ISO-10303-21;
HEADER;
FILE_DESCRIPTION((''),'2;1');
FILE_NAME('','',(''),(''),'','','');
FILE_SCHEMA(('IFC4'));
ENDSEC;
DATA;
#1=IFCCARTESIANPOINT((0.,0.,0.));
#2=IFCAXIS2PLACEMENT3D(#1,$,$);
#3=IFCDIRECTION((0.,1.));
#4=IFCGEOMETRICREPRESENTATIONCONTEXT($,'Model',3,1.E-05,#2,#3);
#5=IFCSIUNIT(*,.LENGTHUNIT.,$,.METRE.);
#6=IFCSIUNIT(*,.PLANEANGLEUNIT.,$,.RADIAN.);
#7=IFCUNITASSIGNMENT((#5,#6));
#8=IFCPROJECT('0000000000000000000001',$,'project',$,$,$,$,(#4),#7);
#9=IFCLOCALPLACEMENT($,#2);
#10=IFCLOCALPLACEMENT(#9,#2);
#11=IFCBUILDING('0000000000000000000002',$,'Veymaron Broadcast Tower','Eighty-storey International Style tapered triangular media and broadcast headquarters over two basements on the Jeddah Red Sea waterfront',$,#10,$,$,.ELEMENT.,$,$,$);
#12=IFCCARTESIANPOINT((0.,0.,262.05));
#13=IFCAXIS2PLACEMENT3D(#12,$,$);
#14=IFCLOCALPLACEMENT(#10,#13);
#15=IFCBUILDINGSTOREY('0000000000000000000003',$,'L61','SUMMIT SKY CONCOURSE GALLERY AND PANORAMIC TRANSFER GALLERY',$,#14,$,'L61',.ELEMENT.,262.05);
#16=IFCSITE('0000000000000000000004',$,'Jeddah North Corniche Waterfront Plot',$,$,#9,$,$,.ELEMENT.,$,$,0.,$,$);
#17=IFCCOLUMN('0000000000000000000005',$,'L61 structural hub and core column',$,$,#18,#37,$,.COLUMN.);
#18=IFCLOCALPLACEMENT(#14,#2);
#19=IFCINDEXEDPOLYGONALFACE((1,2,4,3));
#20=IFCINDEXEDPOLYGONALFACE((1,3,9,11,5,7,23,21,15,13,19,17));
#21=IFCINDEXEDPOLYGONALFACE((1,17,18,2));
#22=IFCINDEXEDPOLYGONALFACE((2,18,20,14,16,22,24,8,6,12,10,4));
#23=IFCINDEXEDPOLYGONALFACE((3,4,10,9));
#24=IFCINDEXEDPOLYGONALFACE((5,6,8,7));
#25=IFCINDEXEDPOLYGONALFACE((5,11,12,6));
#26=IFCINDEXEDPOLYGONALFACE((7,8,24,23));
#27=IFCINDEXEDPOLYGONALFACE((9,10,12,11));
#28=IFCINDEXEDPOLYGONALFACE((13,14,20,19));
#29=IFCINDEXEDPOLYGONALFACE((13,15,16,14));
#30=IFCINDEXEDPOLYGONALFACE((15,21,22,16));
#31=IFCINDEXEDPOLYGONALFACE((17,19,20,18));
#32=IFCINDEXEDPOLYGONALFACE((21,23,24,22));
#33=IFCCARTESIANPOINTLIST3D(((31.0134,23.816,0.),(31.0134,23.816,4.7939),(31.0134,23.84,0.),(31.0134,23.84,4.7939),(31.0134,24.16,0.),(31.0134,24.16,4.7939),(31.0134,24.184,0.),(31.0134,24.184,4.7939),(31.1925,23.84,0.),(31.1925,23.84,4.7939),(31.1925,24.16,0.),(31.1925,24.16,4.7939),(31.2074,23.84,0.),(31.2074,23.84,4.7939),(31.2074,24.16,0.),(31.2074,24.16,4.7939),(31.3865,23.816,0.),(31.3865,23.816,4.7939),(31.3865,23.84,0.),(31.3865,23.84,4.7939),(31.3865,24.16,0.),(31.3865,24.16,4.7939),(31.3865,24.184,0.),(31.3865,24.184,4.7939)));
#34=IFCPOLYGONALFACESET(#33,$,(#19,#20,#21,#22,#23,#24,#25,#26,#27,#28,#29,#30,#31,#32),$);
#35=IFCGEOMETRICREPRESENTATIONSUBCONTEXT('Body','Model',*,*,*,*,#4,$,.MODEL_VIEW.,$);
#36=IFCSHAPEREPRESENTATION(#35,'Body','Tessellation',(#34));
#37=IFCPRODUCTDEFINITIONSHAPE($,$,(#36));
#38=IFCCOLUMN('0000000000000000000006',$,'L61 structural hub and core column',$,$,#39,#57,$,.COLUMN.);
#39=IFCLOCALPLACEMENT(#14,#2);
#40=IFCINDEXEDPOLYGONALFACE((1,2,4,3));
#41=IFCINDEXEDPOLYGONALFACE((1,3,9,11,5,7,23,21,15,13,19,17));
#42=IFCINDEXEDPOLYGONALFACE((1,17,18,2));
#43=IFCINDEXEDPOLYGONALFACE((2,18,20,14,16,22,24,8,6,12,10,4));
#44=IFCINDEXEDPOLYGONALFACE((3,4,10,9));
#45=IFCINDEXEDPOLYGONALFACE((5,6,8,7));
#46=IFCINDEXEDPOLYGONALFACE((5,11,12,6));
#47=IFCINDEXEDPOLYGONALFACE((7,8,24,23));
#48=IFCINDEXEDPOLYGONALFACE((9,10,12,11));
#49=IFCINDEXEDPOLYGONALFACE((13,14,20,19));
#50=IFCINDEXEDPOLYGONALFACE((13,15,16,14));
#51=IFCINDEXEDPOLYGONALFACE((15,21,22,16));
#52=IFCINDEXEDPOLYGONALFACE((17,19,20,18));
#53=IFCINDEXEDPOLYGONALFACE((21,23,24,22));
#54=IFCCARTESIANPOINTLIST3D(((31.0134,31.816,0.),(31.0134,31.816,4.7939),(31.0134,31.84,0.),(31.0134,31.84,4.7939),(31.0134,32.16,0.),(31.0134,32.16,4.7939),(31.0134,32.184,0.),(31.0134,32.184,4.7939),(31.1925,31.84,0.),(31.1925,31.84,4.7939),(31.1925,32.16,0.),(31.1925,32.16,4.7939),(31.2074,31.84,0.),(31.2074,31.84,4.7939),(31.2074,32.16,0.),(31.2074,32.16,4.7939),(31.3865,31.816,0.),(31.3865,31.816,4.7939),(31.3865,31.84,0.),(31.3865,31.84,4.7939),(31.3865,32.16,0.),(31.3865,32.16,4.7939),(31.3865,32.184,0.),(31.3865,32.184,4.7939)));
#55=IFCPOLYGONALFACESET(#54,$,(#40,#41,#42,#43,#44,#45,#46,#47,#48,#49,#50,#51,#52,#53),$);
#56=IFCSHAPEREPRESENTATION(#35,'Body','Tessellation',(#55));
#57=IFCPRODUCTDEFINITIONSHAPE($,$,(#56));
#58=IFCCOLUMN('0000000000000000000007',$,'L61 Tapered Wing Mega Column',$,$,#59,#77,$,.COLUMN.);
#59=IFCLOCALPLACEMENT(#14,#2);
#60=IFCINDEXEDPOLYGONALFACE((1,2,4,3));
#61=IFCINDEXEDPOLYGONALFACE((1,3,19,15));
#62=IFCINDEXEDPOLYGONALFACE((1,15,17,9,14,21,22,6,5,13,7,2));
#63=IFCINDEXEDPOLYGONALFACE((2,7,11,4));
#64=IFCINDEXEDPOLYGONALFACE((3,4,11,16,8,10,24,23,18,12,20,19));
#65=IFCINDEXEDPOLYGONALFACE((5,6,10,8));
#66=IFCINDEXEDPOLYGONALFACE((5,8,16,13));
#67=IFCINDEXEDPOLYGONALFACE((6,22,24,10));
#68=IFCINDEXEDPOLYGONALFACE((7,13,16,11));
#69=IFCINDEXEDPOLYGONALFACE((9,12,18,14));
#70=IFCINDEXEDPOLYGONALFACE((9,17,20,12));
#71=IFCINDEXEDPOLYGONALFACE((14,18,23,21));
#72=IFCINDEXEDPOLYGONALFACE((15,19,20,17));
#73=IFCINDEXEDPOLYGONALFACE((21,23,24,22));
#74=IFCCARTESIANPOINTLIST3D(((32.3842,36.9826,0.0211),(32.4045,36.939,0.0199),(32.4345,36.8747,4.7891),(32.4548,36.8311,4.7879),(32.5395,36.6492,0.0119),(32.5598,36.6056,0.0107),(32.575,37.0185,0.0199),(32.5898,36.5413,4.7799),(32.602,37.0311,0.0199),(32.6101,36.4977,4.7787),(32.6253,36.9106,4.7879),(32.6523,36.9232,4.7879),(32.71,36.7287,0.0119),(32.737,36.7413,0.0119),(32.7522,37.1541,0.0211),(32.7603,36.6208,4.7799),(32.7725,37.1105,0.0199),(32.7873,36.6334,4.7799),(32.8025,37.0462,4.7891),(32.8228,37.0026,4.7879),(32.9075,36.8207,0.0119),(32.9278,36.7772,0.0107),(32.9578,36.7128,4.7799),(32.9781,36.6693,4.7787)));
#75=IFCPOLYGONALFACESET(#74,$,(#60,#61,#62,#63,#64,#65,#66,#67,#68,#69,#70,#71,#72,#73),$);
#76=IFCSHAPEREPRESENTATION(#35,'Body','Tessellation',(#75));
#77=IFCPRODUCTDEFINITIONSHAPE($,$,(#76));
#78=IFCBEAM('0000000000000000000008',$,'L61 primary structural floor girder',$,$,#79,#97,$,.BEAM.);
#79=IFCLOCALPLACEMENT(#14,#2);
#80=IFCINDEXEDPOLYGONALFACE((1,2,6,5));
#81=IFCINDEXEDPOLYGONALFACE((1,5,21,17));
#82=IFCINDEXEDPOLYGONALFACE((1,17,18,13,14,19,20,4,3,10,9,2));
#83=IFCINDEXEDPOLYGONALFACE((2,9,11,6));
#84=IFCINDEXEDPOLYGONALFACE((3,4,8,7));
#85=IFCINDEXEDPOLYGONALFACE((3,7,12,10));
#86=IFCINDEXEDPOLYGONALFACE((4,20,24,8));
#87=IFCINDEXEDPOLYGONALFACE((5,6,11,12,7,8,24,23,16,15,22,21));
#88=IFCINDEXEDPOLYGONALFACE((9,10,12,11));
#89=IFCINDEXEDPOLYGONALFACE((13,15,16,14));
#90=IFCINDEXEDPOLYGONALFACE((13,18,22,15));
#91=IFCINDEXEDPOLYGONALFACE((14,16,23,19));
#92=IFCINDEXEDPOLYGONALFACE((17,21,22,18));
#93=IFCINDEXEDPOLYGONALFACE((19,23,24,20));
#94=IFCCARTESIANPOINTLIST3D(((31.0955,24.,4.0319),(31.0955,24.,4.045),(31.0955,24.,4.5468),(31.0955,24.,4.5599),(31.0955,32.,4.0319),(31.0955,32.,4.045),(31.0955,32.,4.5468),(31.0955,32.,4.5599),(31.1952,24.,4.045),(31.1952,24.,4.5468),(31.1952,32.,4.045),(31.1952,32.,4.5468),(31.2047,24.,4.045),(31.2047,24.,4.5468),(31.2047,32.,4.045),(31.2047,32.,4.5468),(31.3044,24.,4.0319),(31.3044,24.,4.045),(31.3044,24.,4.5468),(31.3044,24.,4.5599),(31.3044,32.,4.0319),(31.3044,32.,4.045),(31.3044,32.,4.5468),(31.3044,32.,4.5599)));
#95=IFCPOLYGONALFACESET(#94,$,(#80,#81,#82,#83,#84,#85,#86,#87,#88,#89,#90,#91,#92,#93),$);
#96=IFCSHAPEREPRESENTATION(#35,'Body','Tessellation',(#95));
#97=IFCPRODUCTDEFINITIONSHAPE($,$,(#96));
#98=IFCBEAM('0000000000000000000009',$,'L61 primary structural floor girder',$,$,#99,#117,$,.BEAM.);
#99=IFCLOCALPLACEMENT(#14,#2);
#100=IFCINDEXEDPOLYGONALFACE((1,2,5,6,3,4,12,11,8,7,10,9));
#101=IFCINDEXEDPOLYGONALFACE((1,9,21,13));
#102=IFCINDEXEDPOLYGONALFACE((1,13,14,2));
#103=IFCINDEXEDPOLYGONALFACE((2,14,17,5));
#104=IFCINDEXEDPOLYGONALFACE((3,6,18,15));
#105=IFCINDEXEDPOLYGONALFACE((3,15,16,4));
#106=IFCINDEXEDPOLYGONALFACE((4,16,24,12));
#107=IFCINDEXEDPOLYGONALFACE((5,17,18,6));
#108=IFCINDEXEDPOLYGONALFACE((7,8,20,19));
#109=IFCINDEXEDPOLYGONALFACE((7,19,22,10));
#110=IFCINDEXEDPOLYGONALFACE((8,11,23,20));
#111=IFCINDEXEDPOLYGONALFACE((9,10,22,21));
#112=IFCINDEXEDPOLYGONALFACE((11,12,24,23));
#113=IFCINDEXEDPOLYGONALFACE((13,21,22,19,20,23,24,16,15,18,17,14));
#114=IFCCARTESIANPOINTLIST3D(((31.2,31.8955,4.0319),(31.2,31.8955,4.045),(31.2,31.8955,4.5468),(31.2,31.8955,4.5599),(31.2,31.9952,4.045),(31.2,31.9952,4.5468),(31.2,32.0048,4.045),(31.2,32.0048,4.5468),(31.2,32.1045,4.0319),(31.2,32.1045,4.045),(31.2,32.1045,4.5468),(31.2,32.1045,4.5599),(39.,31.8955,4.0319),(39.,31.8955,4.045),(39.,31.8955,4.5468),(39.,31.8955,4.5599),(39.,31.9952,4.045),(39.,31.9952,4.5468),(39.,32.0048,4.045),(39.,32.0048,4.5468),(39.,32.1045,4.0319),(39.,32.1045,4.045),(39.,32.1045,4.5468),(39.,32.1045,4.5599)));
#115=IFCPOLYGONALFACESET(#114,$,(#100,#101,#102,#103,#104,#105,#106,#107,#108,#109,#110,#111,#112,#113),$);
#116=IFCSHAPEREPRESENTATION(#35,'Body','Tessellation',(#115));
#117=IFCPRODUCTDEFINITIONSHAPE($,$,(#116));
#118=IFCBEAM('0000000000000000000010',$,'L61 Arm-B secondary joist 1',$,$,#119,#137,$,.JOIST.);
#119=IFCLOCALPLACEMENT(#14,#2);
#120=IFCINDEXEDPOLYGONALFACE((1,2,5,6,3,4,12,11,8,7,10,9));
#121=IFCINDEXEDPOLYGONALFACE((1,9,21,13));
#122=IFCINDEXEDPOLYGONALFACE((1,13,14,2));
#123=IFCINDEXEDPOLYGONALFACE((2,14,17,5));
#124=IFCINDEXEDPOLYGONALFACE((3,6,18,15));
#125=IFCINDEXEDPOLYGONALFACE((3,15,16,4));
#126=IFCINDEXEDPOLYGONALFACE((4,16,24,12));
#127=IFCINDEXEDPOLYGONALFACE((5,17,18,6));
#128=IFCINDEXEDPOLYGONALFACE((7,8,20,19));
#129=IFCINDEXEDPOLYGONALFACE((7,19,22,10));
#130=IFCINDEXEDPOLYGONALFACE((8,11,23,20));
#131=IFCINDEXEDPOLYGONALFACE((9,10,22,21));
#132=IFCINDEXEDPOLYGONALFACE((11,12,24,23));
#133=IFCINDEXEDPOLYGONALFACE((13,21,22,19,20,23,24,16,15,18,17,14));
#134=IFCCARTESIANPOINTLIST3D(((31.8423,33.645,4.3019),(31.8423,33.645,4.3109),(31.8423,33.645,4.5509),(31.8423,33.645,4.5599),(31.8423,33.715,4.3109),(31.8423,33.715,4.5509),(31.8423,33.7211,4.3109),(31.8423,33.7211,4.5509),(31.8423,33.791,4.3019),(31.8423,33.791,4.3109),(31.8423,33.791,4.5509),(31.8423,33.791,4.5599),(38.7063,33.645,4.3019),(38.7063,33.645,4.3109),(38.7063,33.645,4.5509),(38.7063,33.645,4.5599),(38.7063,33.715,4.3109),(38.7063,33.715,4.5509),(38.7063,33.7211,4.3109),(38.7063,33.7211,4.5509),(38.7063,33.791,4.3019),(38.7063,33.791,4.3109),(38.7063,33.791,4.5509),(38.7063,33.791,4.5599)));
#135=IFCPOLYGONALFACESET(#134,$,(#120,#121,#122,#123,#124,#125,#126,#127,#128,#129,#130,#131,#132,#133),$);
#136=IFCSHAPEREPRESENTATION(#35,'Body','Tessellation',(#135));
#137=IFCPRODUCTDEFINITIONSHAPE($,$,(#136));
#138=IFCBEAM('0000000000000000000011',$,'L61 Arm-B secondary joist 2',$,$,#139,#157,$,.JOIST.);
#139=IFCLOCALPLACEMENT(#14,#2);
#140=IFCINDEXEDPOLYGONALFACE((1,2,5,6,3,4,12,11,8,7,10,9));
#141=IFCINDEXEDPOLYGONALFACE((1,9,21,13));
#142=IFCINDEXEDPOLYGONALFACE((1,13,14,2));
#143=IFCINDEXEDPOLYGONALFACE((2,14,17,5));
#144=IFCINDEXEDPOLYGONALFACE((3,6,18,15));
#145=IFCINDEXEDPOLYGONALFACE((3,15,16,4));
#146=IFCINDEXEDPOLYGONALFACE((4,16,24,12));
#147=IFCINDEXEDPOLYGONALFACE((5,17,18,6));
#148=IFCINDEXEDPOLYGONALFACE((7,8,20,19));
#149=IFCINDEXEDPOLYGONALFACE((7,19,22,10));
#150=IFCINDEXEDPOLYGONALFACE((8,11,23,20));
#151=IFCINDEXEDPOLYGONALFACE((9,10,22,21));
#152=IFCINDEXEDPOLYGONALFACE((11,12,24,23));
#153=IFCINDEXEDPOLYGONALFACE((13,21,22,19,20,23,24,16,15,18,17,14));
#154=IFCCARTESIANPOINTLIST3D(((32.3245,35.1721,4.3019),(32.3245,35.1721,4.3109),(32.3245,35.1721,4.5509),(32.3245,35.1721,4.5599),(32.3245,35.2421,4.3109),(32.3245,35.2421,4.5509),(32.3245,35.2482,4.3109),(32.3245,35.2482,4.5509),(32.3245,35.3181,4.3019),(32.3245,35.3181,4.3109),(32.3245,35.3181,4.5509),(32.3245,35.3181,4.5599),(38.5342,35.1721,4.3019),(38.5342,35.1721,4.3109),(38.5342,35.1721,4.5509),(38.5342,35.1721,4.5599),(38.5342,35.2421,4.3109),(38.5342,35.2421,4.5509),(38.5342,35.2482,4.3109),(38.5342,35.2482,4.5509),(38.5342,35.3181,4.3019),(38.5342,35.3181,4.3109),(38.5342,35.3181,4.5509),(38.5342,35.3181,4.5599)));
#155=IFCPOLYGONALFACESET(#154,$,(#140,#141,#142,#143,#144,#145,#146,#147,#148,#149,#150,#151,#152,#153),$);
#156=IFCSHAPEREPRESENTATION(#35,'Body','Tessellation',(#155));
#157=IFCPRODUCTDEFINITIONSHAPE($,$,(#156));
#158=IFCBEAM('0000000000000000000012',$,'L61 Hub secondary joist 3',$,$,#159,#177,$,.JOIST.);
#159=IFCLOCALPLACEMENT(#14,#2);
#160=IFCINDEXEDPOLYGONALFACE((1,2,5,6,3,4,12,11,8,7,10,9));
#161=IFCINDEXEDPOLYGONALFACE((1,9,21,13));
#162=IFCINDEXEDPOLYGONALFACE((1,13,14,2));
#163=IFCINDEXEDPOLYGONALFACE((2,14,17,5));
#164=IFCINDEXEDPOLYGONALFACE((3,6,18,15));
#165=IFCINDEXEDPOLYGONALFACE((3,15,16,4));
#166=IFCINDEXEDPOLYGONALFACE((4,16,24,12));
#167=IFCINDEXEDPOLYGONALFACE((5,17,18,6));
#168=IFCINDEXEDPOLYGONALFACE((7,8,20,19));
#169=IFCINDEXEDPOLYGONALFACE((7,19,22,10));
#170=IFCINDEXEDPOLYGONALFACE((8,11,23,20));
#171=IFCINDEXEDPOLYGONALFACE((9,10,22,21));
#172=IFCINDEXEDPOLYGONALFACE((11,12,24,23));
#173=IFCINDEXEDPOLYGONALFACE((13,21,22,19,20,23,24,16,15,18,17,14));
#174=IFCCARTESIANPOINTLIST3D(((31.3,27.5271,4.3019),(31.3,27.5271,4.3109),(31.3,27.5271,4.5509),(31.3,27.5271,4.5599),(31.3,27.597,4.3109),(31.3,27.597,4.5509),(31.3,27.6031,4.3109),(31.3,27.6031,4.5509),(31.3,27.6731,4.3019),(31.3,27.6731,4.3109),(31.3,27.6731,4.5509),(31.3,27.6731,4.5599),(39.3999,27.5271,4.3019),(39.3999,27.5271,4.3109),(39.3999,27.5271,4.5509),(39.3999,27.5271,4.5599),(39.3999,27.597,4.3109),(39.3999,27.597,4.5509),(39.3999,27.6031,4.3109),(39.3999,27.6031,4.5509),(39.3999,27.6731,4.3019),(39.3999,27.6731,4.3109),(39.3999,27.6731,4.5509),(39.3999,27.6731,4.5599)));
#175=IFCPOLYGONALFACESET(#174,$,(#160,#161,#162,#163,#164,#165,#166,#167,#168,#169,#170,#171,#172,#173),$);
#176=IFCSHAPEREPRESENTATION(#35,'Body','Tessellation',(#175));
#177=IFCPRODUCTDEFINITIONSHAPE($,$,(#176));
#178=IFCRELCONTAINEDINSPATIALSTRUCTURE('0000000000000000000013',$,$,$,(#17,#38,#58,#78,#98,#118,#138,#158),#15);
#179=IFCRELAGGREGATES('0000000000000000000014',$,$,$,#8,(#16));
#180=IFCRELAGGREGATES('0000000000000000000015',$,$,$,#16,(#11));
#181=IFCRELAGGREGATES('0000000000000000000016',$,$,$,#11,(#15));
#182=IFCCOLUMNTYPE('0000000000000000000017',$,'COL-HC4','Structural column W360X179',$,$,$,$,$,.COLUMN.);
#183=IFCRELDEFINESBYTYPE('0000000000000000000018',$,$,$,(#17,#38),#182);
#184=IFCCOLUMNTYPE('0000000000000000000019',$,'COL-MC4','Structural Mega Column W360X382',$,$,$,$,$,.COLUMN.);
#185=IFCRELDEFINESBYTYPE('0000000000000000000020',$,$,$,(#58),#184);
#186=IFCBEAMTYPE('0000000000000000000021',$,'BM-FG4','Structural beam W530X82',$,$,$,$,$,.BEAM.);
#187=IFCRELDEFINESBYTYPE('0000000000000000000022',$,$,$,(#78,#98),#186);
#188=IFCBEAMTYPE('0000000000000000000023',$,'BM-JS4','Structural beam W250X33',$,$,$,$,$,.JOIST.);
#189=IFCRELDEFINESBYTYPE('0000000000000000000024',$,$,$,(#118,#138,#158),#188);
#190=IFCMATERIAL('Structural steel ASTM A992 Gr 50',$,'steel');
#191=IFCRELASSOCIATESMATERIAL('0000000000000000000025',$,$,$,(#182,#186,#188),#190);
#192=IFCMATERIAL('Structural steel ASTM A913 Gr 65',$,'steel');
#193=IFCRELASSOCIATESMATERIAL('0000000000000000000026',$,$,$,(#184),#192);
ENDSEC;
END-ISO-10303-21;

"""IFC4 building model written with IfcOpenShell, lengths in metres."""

from ifc_helpers import new_model, si_unit, direction, frame, origin, origin_2d, place, context, subcontext, project, spatial, i_section, extrude, material, material_profile, profile_set, type_object, element, save


model = new_model("IFC4")

# Units and contexts
model_context = context("Model", 3, precision=1e-05, world=origin(), true_north=direction((0.0, 1.0)))
body_context = subcontext(model_context, "Body", "Model", "MODEL_VIEW")
ifc_project = project(units=[si_unit("LENGTHUNIT", "METRE"), si_unit("PLANEANGLEUNIT", "RADIAN")], contexts=[model_context])

# Site, building, storey
site_placement = place(None, origin())
site = spatial("IfcSite", under=ifc_project, at=site_placement, Name="Jeddah North Corniche Waterfront Plot", CompositionType="ELEMENT", RefElevation=0.0)
building_placement = place(site_placement, origin())
building = spatial("IfcBuilding", under=site, at=building_placement, Name="Veymaron Broadcast Tower", Description="Eighty-storey International Style tapered triangular media and broadcast headquarters over two basements on the Jeddah Red Sea waterfront", CompositionType="ELEMENT")
storey_placement = place(building_placement, frame((0.0, 0.0, 262.05)))
storey = spatial("IfcBuildingStorey", under=building, at=storey_placement, Name="L61", Description="SUMMIT SKY CONCOURSE GALLERY AND PANORAMIC TRANSFER GALLERY", LongName="L61", CompositionType="ELEMENT", Elevation=262.05)

# Columns
ifc_material_1 = material(Name="Structural steel ASTM A992 Gr 50", Category="steel")
ifc_material_profile_1 = material_profile(ifc_material_1, i_section(OverallWidth=0.373, OverallDepth=0.3679, WebThickness=0.0149, FlangeThickness=0.0239, at=origin_2d()), Name="W360X179")
ifc_profile_set_1 = profile_set([ifc_material_profile_1], Name="Structural steel ASTM A992 Gr 50")
column_type_1 = type_object("IfcColumnType", Name="COL-HC4", Description="Structural column W360X179", PredefinedType="COLUMN", material=ifc_profile_set_1)
for number, where, z_axis, x_axis, name in (
    (1, (31.2, 24.0, 0.0), (0.0, 0.0, 1.0), (1.0, 0.0, 0.0), "L61 structural hub and core column"),
    (2, (31.2, 32.0, 0.0), (0.0, 0.0, 1.0), (1.0, 0.0, 0.0), "L61 structural hub and core column"),
):
    element("IfcColumn", number, at=place(storey_placement, frame(where, z_axis=z_axis, x_axis=x_axis)), inside=storey, type_object=column_type_1, Name=name, PredefinedType="COLUMN", context=body_context, shape_type="SweptSolid", body=[
        extrude(i_section(OverallWidth=0.373, OverallDepth=0.3679, WebThickness=0.0149, FlangeThickness=0.0239, at=origin_2d()), origin(), (0.0, 0.0, 1.0), 4.7939),
    ])
ifc_material_2 = material(Name="Structural steel ASTM A913 Gr 65", Category="steel")
ifc_material_profile_2 = material_profile(ifc_material_2, i_section(OverallWidth=0.406, OverallDepth=0.416, WebThickness=0.0298, FlangeThickness=0.0481, at=origin_2d()), Name="W360X382")
ifc_profile_set_2 = profile_set([ifc_material_profile_2], Name="Structural steel ASTM A913 Gr 65")
column_type_2 = type_object("IfcColumnType", Name="COL-MC4", Description="Structural Mega Column W360X382", PredefinedType="COLUMN", material=ifc_profile_set_2)
column_placement = place(storey_placement, frame((32.656, 36.8799, 0.0159), z_axis=(0.010545, -0.022625, 0.999688), x_axis=(0.906393, 0.422436, 0.0)))
element("IfcColumn", 3, at=column_placement, inside=storey, type_object=column_type_2, Name="L61 Tapered Wing Mega Column", PredefinedType="COLUMN", context=body_context, shape_type="SweptSolid", body=[
    extrude(i_section(OverallWidth=0.406, OverallDepth=0.416, WebThickness=0.0298, FlangeThickness=0.0481, at=origin_2d()), origin(), (0.0, 0.0, 1.0), 4.7695),
])

# Beams
ifc_material_profile_3 = material_profile(ifc_material_1, i_section(OverallWidth=0.209, OverallDepth=0.5281, WebThickness=0.0095, FlangeThickness=0.0132, at=origin_2d()), Name="W530X82")
ifc_profile_set_3 = profile_set([ifc_material_profile_3], Name="Structural steel ASTM A992 Gr 50")
beam_type_1 = type_object("IfcBeamType", Name="BM-FG4", Description="Structural beam W530X82", PredefinedType="BEAM", material=ifc_profile_set_3)
beam_1_placement = place(storey_placement, frame((31.2, 24.0, 4.2959), z_axis=(0.0, 1.0, 0.0), x_axis=(-1.0, 0.0, 0.0)))
element("IfcBeam", 4, at=beam_1_placement, inside=storey, type_object=beam_type_1, Name="L61 primary structural floor girder", PredefinedType="BEAM", context=body_context, shape_type="SweptSolid", body=[
    extrude(i_section(OverallWidth=0.209, OverallDepth=0.5281, WebThickness=0.0095, FlangeThickness=0.0132, at=origin_2d()), origin(), (0.0, 0.0, 1.0), 8.0),
])
beam_2_placement = place(storey_placement, frame((31.2, 32.0, 4.2959), z_axis=(1.0, 0.0, 0.0), x_axis=(0.0, 1.0, 0.0)))
element("IfcBeam", 5, at=beam_2_placement, inside=storey, type_object=beam_type_1, Name="L61 primary structural floor girder", PredefinedType="BEAM", context=body_context, shape_type="SweptSolid", body=[
    extrude(i_section(OverallWidth=0.209, OverallDepth=0.5281, WebThickness=0.0095, FlangeThickness=0.0132, at=origin_2d()), origin(), (0.0, 0.0, 1.0), 7.8),
])
ifc_material_profile_4 = material_profile(ifc_material_1, i_section(OverallWidth=0.146, OverallDepth=0.2581, WebThickness=0.0061, FlangeThickness=0.009, at=origin_2d()), Name="W250X33")
ifc_profile_set_4 = profile_set([ifc_material_profile_4], Name="Structural steel ASTM A992 Gr 50")
beam_type_2 = type_object("IfcBeamType", Name="BM-JS4", Description="Structural beam W250X33", PredefinedType="JOIST", material=ifc_profile_set_4)
beam_3_placement = place(storey_placement, frame((31.8423, 33.718, 4.4309), z_axis=(1.0, 0.0, 0.0), x_axis=(0.0, 1.0, 0.0)))
element("IfcBeam", 6, at=beam_3_placement, inside=storey, type_object=beam_type_2, Name="L61 Arm-B secondary joist 1", PredefinedType="JOIST", context=body_context, shape_type="SweptSolid", body=[
    extrude(i_section(OverallWidth=0.146, OverallDepth=0.2581, WebThickness=0.0061, FlangeThickness=0.009, at=origin_2d()), origin(), (0.0, 0.0, 1.0), 6.864),
])
beam_4_placement = place(storey_placement, frame((32.3245, 35.2451, 4.4309), z_axis=(1.0, 0.0, 0.0), x_axis=(0.0, 1.0, 0.0)))
element("IfcBeam", 7, at=beam_4_placement, inside=storey, type_object=beam_type_2, Name="L61 Arm-B secondary joist 2", PredefinedType="JOIST", context=body_context, shape_type="SweptSolid", body=[
    extrude(i_section(OverallWidth=0.146, OverallDepth=0.2581, WebThickness=0.0061, FlangeThickness=0.009, at=origin_2d()), origin(), (0.0, 0.0, 1.0), 6.2097),
])
for number, where, z_axis, x_axis, name in (
    (8, (31.3, 27.6001, 4.4309), (1.0, 0.0, 0.0), (0.0, 1.0, 0.0), "L61 Hub secondary joist 3"),
):
    element("IfcBeam", number, at=place(storey_placement, frame(where, z_axis=z_axis, x_axis=x_axis)), inside=storey, type_object=beam_type_2, Name=name, PredefinedType="JOIST", context=body_context, shape_type="SweptSolid", body=[
        extrude(i_section(OverallWidth=0.146, OverallDepth=0.2581, WebThickness=0.0061, FlangeThickness=0.009, at=origin_2d()), origin(), (0.0, 0.0, 1.0), 8.0999),
    ])

save(model, "model.ifc")
